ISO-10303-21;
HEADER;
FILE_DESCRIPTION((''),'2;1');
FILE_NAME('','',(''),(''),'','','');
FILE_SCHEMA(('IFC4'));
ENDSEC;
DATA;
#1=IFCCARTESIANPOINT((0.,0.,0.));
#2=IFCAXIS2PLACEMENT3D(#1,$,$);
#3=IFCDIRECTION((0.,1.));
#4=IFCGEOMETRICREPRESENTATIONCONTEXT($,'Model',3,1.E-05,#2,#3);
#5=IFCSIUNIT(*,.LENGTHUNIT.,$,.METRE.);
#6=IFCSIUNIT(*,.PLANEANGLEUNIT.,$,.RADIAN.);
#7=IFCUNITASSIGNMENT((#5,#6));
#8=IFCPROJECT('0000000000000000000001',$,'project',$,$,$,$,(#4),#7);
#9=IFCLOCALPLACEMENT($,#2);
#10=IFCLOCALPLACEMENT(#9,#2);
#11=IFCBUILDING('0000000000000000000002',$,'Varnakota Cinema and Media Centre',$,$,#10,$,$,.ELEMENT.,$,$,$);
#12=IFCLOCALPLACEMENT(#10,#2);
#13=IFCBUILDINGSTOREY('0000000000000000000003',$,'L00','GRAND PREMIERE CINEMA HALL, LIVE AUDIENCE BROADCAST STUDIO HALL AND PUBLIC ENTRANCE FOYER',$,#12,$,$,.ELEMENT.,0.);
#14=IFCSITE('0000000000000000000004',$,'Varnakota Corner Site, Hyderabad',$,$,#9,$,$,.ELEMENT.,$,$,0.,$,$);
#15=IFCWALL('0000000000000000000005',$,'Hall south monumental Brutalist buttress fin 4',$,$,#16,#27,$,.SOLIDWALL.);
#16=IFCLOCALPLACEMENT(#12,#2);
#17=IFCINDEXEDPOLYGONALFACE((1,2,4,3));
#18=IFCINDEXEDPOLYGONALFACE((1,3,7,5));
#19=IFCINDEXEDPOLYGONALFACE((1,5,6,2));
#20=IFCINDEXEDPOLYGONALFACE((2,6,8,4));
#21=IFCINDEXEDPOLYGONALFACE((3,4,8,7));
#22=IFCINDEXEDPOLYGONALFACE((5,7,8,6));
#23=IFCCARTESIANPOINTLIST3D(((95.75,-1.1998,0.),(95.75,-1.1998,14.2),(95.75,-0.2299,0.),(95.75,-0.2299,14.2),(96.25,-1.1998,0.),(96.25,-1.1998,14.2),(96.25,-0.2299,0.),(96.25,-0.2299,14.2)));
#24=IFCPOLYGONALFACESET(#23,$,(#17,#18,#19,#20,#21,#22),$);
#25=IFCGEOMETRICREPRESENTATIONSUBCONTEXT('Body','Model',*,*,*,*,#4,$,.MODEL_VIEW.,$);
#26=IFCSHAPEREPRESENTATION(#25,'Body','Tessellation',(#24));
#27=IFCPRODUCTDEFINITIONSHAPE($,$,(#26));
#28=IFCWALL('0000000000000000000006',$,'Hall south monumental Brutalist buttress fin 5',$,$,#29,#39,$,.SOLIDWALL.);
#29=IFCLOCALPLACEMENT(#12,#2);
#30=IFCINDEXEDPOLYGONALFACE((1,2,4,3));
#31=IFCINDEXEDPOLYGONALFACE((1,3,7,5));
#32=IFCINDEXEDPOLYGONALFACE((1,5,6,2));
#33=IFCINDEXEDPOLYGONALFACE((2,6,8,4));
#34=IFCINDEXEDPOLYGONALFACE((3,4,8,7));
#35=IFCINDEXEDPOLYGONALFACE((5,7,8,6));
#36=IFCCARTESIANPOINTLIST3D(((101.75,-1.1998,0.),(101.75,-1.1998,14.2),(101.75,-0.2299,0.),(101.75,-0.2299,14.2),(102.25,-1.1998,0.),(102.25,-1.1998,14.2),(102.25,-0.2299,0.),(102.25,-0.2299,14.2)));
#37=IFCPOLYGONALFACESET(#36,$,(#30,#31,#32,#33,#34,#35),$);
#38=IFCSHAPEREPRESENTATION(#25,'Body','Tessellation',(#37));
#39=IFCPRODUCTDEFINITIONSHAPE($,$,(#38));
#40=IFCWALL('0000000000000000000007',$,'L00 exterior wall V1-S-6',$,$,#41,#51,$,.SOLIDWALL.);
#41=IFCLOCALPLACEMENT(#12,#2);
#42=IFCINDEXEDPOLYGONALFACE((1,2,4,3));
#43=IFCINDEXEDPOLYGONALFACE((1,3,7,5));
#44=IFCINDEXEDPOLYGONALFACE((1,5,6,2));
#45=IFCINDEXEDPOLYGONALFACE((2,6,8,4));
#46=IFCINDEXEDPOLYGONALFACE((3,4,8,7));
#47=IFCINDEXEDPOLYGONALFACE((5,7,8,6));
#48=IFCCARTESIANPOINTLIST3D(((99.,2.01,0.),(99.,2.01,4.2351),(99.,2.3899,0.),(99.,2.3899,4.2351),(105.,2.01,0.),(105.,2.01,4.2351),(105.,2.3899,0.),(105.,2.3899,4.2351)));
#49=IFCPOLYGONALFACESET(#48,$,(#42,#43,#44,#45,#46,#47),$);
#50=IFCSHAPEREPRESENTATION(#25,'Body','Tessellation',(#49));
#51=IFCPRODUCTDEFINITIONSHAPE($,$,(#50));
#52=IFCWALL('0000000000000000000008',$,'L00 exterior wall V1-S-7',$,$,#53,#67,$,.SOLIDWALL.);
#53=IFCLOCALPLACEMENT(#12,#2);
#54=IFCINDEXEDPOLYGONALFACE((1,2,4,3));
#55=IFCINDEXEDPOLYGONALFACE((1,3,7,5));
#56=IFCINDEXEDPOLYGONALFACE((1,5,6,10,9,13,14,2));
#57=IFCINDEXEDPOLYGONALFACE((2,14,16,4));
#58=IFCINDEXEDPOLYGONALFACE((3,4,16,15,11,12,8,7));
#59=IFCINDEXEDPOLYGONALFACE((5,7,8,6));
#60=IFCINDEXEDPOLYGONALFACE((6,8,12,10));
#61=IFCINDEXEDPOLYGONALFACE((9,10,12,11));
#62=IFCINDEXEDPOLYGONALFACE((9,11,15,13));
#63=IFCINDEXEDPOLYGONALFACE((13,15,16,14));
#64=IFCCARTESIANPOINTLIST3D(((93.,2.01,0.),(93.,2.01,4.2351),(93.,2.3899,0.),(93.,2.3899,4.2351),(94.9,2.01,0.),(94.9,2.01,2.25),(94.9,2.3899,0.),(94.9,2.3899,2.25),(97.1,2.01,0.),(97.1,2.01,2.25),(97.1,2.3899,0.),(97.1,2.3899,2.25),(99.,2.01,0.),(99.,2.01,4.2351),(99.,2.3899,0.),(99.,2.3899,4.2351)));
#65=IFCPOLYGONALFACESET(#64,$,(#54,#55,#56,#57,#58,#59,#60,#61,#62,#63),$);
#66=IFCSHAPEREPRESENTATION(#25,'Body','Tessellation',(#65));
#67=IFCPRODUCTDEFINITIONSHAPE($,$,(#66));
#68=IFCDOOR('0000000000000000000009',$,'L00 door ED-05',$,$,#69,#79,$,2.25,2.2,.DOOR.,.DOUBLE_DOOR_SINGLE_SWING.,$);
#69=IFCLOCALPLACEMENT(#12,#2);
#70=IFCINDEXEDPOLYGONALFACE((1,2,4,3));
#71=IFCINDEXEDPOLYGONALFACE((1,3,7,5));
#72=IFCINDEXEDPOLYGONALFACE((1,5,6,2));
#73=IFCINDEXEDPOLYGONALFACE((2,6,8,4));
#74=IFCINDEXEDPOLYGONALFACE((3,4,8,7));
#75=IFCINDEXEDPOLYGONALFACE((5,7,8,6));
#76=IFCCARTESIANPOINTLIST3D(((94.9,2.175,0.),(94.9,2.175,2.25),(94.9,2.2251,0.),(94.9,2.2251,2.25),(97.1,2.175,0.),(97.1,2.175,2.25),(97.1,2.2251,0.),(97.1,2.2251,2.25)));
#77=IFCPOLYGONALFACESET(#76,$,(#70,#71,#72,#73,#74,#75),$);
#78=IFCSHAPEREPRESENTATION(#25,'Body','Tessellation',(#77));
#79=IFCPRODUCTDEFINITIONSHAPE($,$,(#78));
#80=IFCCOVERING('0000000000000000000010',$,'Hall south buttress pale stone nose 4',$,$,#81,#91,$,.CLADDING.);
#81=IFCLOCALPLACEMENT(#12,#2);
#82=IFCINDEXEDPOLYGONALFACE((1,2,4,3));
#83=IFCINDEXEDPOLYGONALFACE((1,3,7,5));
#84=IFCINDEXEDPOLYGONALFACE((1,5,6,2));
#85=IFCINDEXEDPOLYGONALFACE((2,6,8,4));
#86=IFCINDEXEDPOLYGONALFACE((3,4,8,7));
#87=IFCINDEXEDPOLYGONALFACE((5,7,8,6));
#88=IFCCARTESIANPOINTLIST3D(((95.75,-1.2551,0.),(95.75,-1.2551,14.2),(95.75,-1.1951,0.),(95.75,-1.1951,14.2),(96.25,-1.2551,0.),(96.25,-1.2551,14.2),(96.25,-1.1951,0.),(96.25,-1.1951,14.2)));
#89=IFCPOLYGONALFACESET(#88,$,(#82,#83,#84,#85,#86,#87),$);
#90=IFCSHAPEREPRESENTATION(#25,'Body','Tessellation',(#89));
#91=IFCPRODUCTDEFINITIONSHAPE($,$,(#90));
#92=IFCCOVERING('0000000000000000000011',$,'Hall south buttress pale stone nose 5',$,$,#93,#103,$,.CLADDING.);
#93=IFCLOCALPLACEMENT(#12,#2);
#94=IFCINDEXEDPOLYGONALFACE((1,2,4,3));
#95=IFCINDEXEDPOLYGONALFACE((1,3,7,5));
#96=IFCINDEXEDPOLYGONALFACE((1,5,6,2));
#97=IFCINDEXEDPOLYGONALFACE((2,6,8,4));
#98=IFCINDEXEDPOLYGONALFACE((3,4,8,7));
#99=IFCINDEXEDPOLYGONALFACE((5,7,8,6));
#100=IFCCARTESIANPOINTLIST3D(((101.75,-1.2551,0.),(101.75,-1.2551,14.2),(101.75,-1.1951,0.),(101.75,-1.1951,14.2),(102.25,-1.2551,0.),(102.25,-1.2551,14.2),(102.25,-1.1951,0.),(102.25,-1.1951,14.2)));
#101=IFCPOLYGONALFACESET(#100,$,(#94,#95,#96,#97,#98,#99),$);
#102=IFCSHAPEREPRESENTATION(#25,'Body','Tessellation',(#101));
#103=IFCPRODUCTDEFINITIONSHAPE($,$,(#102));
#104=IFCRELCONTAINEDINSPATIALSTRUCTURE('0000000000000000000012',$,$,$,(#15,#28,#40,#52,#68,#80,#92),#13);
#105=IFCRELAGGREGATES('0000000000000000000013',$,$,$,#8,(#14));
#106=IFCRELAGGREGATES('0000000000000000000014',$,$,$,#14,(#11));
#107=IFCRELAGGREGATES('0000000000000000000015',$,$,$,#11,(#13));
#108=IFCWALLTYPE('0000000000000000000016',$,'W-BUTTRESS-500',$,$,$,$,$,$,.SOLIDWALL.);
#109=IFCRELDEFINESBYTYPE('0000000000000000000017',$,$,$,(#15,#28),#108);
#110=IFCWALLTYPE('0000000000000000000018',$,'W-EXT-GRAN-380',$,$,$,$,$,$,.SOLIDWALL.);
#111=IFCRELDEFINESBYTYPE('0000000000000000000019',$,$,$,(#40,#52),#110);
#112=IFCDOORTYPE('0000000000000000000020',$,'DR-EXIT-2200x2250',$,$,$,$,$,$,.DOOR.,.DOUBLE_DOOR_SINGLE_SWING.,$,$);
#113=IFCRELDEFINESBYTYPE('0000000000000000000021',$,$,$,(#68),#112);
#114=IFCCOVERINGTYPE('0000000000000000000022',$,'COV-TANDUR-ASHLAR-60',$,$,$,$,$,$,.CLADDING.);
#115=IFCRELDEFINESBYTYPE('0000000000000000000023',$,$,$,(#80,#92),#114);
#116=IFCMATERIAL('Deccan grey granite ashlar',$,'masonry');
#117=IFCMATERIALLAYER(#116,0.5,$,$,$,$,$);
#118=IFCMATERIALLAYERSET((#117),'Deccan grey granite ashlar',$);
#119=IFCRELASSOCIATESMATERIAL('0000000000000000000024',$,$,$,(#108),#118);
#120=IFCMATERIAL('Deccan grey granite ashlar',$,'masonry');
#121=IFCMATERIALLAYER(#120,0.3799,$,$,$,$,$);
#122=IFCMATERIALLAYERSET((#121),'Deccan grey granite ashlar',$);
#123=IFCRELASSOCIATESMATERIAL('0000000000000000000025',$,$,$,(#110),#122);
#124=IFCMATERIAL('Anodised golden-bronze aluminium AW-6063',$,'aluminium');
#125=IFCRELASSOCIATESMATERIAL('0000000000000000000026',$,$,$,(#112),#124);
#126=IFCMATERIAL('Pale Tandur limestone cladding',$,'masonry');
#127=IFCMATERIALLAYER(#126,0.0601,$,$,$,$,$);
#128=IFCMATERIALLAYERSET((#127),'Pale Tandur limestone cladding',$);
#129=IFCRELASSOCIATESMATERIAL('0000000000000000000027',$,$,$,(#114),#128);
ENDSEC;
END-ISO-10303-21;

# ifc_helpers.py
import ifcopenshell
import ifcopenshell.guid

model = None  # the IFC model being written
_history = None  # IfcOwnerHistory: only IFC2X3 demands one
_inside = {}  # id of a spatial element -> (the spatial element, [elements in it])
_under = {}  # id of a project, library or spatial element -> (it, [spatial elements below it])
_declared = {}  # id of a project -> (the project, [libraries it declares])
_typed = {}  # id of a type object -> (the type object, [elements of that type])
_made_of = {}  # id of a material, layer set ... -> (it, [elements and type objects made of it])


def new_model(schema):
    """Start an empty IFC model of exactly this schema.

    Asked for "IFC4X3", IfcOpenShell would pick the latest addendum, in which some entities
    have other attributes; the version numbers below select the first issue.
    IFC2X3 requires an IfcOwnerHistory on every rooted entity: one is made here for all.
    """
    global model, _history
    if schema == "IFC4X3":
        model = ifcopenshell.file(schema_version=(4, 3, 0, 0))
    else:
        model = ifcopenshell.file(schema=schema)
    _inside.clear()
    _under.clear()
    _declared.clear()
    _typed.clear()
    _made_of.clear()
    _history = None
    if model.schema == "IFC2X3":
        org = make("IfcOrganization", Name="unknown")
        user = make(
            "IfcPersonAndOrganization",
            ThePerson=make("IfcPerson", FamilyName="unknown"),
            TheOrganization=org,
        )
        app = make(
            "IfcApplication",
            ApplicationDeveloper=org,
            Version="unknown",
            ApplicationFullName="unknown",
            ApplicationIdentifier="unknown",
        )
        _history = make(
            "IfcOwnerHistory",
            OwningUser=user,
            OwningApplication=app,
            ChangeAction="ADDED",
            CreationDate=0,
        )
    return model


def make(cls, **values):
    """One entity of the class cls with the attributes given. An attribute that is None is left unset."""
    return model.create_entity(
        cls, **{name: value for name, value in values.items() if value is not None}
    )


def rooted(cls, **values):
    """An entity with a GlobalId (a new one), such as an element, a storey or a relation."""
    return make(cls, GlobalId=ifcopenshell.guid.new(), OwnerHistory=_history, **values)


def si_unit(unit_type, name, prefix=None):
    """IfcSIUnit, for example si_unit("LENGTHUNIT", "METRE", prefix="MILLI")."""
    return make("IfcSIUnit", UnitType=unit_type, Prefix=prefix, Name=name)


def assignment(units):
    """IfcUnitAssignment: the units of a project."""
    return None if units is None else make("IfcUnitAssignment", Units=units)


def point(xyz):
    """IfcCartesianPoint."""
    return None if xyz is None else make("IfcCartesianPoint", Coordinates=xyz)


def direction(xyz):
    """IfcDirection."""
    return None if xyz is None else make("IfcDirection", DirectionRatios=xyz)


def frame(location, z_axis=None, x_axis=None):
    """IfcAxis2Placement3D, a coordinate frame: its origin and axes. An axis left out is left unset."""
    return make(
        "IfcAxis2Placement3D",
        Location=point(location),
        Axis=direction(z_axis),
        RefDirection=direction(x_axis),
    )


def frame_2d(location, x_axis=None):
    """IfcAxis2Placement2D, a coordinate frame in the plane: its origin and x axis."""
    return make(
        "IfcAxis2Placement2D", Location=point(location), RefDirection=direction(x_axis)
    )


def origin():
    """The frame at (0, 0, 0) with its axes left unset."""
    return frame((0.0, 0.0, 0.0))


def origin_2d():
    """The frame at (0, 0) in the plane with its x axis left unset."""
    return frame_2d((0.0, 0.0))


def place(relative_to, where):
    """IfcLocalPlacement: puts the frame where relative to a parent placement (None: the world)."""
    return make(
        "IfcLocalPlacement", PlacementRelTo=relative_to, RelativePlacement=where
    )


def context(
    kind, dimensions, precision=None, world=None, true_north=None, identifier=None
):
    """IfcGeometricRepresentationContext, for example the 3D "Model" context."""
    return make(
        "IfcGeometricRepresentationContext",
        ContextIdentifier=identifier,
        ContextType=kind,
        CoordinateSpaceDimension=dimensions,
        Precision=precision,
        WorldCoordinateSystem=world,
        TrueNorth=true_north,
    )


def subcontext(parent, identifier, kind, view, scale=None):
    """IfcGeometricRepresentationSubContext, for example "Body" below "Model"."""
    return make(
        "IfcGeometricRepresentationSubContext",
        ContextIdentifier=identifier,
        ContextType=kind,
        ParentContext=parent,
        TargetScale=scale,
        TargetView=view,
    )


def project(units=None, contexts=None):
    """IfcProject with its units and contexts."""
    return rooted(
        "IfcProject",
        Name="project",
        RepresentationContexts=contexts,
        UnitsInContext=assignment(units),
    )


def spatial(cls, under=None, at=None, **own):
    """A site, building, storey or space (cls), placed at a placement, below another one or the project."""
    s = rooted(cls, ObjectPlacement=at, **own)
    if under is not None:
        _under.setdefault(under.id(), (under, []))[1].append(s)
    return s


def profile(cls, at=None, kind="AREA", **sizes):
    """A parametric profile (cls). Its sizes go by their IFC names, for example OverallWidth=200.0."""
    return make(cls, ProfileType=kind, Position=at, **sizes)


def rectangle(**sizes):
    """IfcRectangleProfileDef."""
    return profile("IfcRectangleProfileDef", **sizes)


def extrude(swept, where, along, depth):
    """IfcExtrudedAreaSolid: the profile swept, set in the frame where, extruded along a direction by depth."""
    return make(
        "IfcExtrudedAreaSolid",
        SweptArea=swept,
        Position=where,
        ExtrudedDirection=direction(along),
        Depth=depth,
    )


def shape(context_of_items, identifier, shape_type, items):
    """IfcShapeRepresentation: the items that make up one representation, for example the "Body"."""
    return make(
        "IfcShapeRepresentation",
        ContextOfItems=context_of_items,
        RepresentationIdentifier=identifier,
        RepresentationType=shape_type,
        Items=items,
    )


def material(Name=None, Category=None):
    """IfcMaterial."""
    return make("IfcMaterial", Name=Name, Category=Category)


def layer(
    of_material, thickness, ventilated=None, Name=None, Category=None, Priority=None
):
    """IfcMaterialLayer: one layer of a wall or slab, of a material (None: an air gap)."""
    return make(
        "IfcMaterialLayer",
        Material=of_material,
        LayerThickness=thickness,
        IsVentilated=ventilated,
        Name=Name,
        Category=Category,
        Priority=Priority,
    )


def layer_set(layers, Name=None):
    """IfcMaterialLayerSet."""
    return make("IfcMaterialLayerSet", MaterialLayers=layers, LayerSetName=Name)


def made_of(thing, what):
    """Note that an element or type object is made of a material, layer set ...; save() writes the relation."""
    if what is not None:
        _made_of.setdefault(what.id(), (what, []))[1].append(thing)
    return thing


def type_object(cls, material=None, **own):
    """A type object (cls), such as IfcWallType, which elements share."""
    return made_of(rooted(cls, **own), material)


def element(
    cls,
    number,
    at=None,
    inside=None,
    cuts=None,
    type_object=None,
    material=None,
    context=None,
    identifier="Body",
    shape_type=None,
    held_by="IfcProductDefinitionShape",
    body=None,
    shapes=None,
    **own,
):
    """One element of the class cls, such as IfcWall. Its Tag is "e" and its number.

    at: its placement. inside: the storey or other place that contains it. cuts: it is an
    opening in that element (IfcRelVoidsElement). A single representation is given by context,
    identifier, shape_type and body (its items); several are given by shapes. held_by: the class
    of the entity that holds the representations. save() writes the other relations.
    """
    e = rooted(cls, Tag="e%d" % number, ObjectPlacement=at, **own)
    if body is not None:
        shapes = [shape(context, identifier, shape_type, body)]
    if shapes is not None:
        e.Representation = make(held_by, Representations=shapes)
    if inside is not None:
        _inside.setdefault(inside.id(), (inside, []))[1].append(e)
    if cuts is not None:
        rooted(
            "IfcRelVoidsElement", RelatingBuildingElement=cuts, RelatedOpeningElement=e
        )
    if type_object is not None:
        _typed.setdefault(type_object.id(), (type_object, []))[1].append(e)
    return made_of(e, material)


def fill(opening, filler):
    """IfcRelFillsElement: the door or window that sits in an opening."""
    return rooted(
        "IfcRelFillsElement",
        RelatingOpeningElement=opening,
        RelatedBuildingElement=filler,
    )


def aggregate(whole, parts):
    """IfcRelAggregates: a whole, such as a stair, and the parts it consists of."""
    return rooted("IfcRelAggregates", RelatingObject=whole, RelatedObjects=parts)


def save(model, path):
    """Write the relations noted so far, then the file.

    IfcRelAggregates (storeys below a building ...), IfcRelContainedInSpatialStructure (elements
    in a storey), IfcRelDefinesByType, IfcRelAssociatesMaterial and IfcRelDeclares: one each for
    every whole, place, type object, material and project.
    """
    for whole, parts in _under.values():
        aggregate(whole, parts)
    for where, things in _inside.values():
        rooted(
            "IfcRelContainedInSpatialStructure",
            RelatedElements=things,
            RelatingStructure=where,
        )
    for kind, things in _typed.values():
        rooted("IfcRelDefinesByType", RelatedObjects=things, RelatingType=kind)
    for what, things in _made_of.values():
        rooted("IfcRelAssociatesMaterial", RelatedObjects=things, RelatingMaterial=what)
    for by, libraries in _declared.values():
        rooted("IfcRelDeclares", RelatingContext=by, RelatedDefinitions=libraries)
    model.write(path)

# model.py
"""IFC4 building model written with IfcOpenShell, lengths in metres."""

from ifc_helpers import new_model, si_unit, direction, frame, frame_2d, origin, origin_2d, place, context, subcontext, project, spatial, rectangle, extrude, material, layer, layer_set, type_object, element, fill, save


model = new_model("IFC4")

# Units and contexts
model_context = context("Model", 3, precision=1e-05, world=origin(), true_north=direction((0.0, 1.0)))
body_context = subcontext(model_context, "Body", "Model", "MODEL_VIEW")
ifc_project = project(units=[si_unit("LENGTHUNIT", "METRE"), si_unit("PLANEANGLEUNIT", "RADIAN")], contexts=[model_context])

# Site, building, storey
site_placement = place(None, origin())
site = spatial("IfcSite", under=ifc_project, at=site_placement, Name="Varnakota Corner Site, Hyderabad", CompositionType="ELEMENT", RefElevation=0.0)
building_placement = place(site_placement, origin())
building = spatial("IfcBuilding", under=site, at=building_placement, Name="Varnakota Cinema and Media Centre", CompositionType="ELEMENT")
storey_placement = place(building_placement, origin())
storey = spatial("IfcBuildingStorey", under=building, at=storey_placement, Name="L00", Description="GRAND PREMIERE CINEMA HALL, LIVE AUDIENCE BROADCAST STUDIO HALL AND PUBLIC ENTRANCE FOYER", CompositionType="ELEMENT", Elevation=0.0)

# Walls
ifc_material_1 = material(Name="Deccan grey granite ashlar", Category="masonry")
ifc_layer_1 = layer(ifc_material_1, 0.5)
ifc_layer_set_1 = layer_set([ifc_layer_1], Name="Deccan grey granite ashlar")
wall_type_1 = type_object("IfcWallType", Name="W-BUTTRESS-500", PredefinedType="SOLIDWALL", material=ifc_layer_set_1)
for number, where, z_axis, x_axis, name in (
    (1, (96.0, -0.23, 0.0), (0.0, 0.0, 1.0), (0.0, -1.0, 0.0), "Hall south monumental Brutalist buttress fin 4"),
    (2, (102.0, -0.23, 0.0), (0.0, 0.0, 1.0), (0.0, -1.0, 0.0), "Hall south monumental Brutalist buttress fin 5"),
):
    element("IfcWall", number, at=place(storey_placement, frame(where, z_axis=z_axis, x_axis=x_axis)), inside=storey, type_object=wall_type_1, Name=name, PredefinedType="SOLIDWALL", context=body_context, shape_type="SweptSolid", body=[
        extrude(rectangle(XDim=0.97, YDim=0.5, at=frame_2d((0.4849, 0.0))), origin(), (0.0, 0.0, 1.0), 14.2),
    ])
ifc_material_2 = material(Name="Deccan grey granite ashlar", Category="masonry")
ifc_layer_2 = layer(ifc_material_2, 0.3799)
ifc_layer_set_2 = layer_set([ifc_layer_2], Name="Deccan grey granite ashlar")
wall_type_2 = type_object("IfcWallType", Name="W-EXT-GRAN-380", PredefinedType="SOLIDWALL", material=ifc_layer_set_2)
wall_1_placement = place(storey_placement, frame((105.0, 2.2, 0.0), z_axis=(0.0, 0.0, 1.0), x_axis=(-1.0, 0.0, 0.0)))
element("IfcWall", 3, at=wall_1_placement, inside=storey, type_object=wall_type_2, Name="L00 exterior wall V1-S-6", PredefinedType="SOLIDWALL", context=body_context, shape_type="SweptSolid", body=[
    extrude(rectangle(XDim=6.0, YDim=0.3799, at=frame_2d((3.0, 0.0))), origin(), (0.0, 0.0, 1.0), 4.2351),
])

# Wall, opening, door
wall_2_placement = place(storey_placement, frame((99.0, 2.2, 0.0), z_axis=(0.0, 0.0, 1.0), x_axis=(-1.0, 0.0, 0.0)))
wall_2 = element("IfcWall", 4, at=wall_2_placement, inside=storey, type_object=wall_type_2, Name="L00 exterior wall V1-S-7", PredefinedType="SOLIDWALL", context=body_context, shape_type="SweptSolid", body=[
    extrude(rectangle(XDim=6.0, YDim=0.3799, at=frame_2d((3.0, 0.0))), origin(), (0.0, 0.0, 1.0), 4.2351),
])
opening_placement = place(wall_2_placement, frame((1.8999, 0.0, 0.0)))
opening = element("IfcOpeningElement", 5, at=opening_placement, cuts=wall_2, PredefinedType="OPENING", context=body_context, shape_type="SweptSolid", body=[
    extrude(rectangle(XDim=2.2, YDim=2.25, at=frame_2d((1.1001, 1.125))), frame((0.0, 0.1899, 0.0), z_axis=(0.0, -1.0, 0.0), x_axis=(1.0, 0.0, 0.0)), (0.0, 0.0, 1.0), 0.3799),
])
ifc_material_3 = material(Name="Anodised golden-bronze aluminium AW-6063", Category="aluminium")
door_type = type_object("IfcDoorType", Name="DR-EXIT-2200x2250", OperationType="DOUBLE_DOOR_SINGLE_SWING", PredefinedType="DOOR", material=ifc_material_3)
door_placement = place(opening_placement, origin())
door = element("IfcDoor", 6, at=door_placement, inside=storey, type_object=door_type, Name="L00 door ED-05", OperationType="DOUBLE_DOOR_SINGLE_SWING", OverallHeight=2.25, OverallWidth=2.2, PredefinedType="DOOR", context=body_context, shape_type="SweptSolid", body=[
    extrude(rectangle(XDim=2.2, YDim=2.25, at=frame_2d((1.1001, 1.125))), frame((0.0, 0.0249, 0.0), z_axis=(0.0, -1.0, 0.0), x_axis=(1.0, 0.0, 0.0)), (0.0, 0.0, 1.0), 0.05),
])
fill(opening, door)

# Coverings
ifc_material_4 = material(Name="Pale Tandur limestone cladding", Category="masonry")
ifc_layer_3 = layer(ifc_material_4, 0.0601)
ifc_layer_set_3 = layer_set([ifc_layer_3], Name="Pale Tandur limestone cladding")
covering_type = type_object("IfcCoveringType", Name="COV-TANDUR-ASHLAR-60", PredefinedType="CLADDING", material=ifc_layer_set_3)
for number, where, z_axis, x_axis, name in (
    (7, (96.0, -1.2251, 0.0), (0.0, 0.0, 1.0), (1.0, 0.0, 0.0), "Hall south buttress pale stone nose 4"),
    (8, (102.0, -1.2251, 0.0), (0.0, 0.0, 1.0), (1.0, 0.0, 0.0), "Hall south buttress pale stone nose 5"),
):
    element("IfcCovering", number, at=place(storey_placement, frame(where, z_axis=z_axis, x_axis=x_axis)), inside=storey, type_object=covering_type, Name=name, PredefinedType="CLADDING", context=body_context, shape_type="SweptSolid", body=[
        extrude(rectangle(XDim=0.5, YDim=0.0601, at=origin_2d()), origin(), (0.0, 0.0, 1.0), 14.2),
    ])

save(model, "model.ifc")
